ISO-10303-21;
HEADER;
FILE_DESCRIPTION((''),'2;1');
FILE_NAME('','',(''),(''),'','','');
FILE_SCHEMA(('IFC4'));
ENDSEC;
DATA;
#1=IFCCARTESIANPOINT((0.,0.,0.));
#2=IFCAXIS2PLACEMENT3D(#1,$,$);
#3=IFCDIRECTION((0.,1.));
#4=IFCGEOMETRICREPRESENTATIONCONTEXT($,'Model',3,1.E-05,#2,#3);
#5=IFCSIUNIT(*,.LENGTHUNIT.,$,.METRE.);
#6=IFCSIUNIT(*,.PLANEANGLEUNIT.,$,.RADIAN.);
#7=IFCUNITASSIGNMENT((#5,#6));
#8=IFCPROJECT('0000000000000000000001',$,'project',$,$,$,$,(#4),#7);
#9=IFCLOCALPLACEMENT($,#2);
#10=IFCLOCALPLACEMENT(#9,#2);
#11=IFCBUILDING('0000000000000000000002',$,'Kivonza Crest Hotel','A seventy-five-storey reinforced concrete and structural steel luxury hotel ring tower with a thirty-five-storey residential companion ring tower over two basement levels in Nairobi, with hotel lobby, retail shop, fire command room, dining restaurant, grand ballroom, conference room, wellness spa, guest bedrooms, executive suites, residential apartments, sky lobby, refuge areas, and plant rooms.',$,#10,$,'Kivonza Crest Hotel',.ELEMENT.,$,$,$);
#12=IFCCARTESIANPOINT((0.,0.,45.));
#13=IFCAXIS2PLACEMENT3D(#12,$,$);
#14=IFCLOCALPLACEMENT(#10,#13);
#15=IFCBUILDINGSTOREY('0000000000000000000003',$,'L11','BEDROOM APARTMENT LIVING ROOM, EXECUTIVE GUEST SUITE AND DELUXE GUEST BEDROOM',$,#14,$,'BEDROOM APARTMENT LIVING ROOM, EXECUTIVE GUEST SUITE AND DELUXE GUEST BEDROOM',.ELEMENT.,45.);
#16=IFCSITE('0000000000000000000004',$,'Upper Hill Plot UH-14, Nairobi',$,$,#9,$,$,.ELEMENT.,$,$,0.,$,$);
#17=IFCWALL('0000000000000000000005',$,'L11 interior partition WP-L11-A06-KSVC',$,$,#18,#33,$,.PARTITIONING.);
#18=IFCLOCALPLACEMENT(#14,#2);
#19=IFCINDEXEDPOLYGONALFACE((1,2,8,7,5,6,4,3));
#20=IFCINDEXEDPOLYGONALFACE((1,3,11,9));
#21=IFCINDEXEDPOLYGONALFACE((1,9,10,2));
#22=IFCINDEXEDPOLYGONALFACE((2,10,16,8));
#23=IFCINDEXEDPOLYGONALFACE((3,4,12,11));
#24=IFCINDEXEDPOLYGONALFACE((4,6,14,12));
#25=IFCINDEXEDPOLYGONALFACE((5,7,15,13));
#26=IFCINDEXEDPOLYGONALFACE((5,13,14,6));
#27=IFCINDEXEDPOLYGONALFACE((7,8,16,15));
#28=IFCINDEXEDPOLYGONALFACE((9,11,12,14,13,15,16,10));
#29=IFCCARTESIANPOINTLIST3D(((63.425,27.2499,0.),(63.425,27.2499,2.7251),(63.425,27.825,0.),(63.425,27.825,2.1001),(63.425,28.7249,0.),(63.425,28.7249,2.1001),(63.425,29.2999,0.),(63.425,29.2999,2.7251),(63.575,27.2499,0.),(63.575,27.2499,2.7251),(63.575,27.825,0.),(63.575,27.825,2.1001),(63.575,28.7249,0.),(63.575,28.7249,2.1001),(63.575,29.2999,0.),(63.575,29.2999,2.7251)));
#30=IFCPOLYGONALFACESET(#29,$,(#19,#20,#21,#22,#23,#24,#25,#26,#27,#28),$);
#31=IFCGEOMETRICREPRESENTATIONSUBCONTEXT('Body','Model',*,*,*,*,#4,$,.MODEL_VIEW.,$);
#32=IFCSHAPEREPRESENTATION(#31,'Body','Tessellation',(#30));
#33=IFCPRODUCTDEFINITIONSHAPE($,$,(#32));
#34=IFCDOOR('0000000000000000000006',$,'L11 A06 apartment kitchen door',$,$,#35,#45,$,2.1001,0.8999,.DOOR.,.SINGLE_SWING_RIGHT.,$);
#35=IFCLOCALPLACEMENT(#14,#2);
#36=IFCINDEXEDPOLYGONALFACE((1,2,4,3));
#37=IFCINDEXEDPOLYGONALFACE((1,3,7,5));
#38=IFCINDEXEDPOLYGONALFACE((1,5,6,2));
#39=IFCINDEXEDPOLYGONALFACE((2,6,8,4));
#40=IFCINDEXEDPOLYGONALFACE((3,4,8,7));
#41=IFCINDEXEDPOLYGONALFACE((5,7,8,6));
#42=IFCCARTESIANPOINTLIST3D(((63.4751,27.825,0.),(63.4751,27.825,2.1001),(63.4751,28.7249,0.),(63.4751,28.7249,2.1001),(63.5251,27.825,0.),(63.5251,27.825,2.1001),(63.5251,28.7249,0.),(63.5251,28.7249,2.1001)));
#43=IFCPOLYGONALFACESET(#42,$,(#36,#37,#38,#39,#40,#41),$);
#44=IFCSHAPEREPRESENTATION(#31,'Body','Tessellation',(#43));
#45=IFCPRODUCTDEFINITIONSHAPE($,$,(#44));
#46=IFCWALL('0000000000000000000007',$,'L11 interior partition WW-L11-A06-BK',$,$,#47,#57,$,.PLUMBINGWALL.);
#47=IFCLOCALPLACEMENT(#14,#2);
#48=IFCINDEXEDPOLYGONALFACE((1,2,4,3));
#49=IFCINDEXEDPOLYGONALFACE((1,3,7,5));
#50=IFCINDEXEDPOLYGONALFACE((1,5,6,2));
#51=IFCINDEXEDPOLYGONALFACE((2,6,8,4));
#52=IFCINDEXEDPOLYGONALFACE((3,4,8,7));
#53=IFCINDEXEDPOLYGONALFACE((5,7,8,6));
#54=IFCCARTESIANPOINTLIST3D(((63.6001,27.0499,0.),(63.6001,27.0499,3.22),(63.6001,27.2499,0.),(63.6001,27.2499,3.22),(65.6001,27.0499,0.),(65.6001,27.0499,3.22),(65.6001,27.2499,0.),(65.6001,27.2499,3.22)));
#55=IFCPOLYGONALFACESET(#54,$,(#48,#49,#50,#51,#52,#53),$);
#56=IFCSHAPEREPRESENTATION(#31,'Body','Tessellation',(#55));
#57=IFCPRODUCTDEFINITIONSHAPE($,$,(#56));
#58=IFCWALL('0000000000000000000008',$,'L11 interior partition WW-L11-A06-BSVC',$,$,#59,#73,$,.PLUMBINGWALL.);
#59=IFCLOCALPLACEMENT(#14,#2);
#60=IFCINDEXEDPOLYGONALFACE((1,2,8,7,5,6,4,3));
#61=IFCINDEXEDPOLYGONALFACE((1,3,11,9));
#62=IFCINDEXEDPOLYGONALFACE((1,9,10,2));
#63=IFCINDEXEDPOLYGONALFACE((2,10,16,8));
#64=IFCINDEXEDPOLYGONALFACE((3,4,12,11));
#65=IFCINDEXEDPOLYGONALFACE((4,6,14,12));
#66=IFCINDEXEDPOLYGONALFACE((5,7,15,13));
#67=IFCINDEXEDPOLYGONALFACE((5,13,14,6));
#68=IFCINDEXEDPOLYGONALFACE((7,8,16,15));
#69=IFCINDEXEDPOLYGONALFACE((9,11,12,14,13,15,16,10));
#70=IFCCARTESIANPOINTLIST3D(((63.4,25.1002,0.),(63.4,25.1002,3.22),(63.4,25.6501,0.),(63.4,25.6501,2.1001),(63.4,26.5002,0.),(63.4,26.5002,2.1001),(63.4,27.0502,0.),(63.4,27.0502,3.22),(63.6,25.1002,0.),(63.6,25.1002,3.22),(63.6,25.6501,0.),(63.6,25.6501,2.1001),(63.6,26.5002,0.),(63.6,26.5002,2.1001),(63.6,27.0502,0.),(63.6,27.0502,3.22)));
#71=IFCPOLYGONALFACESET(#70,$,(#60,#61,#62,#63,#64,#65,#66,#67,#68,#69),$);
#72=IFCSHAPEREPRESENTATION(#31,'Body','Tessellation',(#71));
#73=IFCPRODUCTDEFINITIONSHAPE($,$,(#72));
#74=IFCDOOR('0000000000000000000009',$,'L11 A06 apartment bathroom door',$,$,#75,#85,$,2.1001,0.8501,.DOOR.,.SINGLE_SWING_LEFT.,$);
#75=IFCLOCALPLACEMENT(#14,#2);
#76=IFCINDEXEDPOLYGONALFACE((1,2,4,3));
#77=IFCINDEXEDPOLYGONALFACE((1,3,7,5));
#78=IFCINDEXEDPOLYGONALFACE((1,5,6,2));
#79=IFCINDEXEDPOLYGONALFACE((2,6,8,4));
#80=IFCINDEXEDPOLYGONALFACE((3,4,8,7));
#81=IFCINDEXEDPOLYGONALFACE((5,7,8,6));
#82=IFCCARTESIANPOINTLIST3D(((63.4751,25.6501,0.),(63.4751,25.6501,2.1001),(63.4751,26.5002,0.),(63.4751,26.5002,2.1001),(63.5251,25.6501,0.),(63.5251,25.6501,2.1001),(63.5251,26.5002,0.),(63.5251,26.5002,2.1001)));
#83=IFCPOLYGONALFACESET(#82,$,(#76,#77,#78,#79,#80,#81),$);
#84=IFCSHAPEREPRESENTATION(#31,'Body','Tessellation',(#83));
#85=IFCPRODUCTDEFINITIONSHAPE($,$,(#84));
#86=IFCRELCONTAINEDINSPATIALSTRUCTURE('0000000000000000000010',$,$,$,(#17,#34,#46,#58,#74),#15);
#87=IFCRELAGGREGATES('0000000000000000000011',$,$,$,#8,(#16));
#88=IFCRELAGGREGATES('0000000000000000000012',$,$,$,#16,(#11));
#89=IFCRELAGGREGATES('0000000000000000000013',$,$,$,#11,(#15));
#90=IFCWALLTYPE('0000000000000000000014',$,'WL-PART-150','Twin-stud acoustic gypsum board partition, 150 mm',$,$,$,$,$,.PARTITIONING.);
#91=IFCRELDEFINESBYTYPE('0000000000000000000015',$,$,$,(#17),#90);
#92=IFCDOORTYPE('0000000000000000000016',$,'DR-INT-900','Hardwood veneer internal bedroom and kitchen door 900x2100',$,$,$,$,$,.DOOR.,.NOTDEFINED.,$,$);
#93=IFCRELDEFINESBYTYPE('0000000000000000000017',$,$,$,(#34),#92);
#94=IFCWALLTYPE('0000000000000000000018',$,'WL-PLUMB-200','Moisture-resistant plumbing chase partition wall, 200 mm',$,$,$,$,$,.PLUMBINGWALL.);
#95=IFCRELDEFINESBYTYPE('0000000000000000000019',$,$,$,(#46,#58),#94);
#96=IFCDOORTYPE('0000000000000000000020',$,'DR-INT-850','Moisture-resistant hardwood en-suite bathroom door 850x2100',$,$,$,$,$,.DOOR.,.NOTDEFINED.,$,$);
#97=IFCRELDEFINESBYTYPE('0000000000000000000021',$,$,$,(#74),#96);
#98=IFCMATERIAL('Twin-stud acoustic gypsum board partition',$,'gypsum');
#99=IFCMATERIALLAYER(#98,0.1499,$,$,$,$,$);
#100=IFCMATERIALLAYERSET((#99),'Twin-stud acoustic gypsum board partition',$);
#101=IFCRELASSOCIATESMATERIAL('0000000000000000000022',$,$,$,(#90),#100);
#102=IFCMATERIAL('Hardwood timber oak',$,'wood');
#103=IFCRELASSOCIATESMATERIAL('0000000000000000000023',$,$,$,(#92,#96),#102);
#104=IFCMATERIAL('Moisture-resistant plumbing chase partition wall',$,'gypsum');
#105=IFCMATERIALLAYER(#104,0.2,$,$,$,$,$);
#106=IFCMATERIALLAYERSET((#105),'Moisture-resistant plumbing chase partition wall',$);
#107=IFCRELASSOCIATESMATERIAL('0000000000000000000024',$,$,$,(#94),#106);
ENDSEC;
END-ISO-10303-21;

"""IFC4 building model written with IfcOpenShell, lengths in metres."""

from ifc_helpers import new_model, si_unit, direction, frame, frame_2d, origin, place, context, subcontext, project, spatial, rectangle, extrude, material, layer, layer_set, type_object, element, fill, save


model = new_model("IFC4")

# Units and contexts
model_context = context("Model", 3, precision=1e-05, world=origin(), true_north=direction((0.0, 1.0)))
body_context = subcontext(model_context, "Body", "Model", "MODEL_VIEW")
ifc_project = project(units=[si_unit("LENGTHUNIT", "METRE"), si_unit("PLANEANGLEUNIT", "RADIAN")], contexts=[model_context])

# Site, building, storey
site_placement = place(None, origin())
site = spatial("IfcSite", under=ifc_project, at=site_placement, Name="Upper Hill Plot UH-14, Nairobi", CompositionType="ELEMENT", RefElevation=0.0)
building_placement = place(site_placement, origin())
building = spatial("IfcBuilding", under=site, at=building_placement, Name="Kivonza Crest Hotel", Description="A seventy-five-storey reinforced concrete and structural steel luxury hotel ring tower with a thirty-five-storey residential companion ring tower over two basement levels in Nairobi, with hotel lobby, retail shop, fire command room, dining restaurant, grand ballroom, conference room, wellness spa, guest bedrooms, executive suites, residential apartments, sky lobby, refuge areas, and plant rooms.", LongName="Kivonza Crest Hotel", CompositionType="ELEMENT")
storey_placement = place(building_placement, frame((0.0, 0.0, 45.0)))
storey = spatial("IfcBuildingStorey", under=building, at=storey_placement, Name="L11", Description="BEDROOM APARTMENT LIVING ROOM, EXECUTIVE GUEST SUITE AND DELUXE GUEST BEDROOM", LongName="BEDROOM APARTMENT LIVING ROOM, EXECUTIVE GUEST SUITE AND DELUXE GUEST BEDROOM", CompositionType="ELEMENT", Elevation=45.0)

# Wall, opening, door
ifc_material_1 = material(Name="Twin-stud acoustic gypsum board partition", Category="gypsum")
ifc_layer_1 = layer(ifc_material_1, 0.1499)
ifc_layer_set_1 = layer_set([ifc_layer_1], Name="Twin-stud acoustic gypsum board partition")
wall_type_1 = type_object("IfcWallType", Name="WL-PART-150", Description="Twin-stud acoustic gypsum board partition, 150 mm", PredefinedType="PARTITIONING", material=ifc_layer_set_1)
ifc_material_2 = material(Name="Hardwood timber oak", Category="wood")
door_type_1 = type_object("IfcDoorType", Name="DR-INT-900", Description="Hardwood veneer internal bedroom and kitchen door 900x2100", OperationType="NOTDEFINED", PredefinedType="DOOR", material=ifc_material_2)
wall_1_placement = place(storey_placement, frame((63.5, 27.25, 0.0), z_axis=(0.0, 0.0, 1.0), x_axis=(0.0, 1.0, 0.0)))
wall_1 = element("IfcWall", 1, at=wall_1_placement, inside=storey, type_object=wall_type_1, Name="L11 interior partition WP-L11-A06-KSVC", PredefinedType="PARTITIONING", context=body_context, shape_type="SweptSolid", body=[
    extrude(rectangle(XDim=2.05, YDim=0.1499, at=frame_2d((1.0249, 0.0))), origin(), (0.0, 0.0, 1.0), 2.7251),
])
opening_1_placement = place(wall_1_placement, frame((0.575, 0.0, 0.0)))
opening_1 = element("IfcOpeningElement", 2, at=opening_1_placement, cuts=wall_1, PredefinedType="OPENING", context=body_context, shape_type="SweptSolid", body=[
    extrude(rectangle(XDim=0.8999, YDim=2.1001, at=frame_2d((0.45, 1.05))), frame((0.0, 0.085, 0.0), z_axis=(0.0, -1.0, 0.0), x_axis=(1.0, 0.0, 0.0)), (0.0, 0.0, 1.0), 0.1699),
])
door_1_placement = place(opening_1_placement, origin())
door_1 = element("IfcDoor", 3, at=door_1_placement, inside=storey, type_object=door_type_1, Name="L11 A06 apartment kitchen door", OperationType="SINGLE_SWING_RIGHT", OverallHeight=2.1001, OverallWidth=0.8999, PredefinedType="DOOR", context=body_context, shape_type="SweptSolid", body=[
    extrude(rectangle(XDim=0.8999, YDim=2.1001, at=frame_2d((0.45, 1.05))), frame((0.0, 0.0249, 0.0), z_axis=(0.0, -1.0, 0.0), x_axis=(1.0, 0.0, 0.0)), (0.0, 0.0, 1.0), 0.05),
])
fill(opening_1, door_1)

# Wall
ifc_material_3 = material(Name="Moisture-resistant plumbing chase partition wall", Category="gypsum")
ifc_layer_2 = layer(ifc_material_3, 0.2)
ifc_layer_set_2 = layer_set([ifc_layer_2], Name="Moisture-resistant plumbing chase partition wall")
wall_type_2 = type_object("IfcWallType", Name="WL-PLUMB-200", Description="Moisture-resistant plumbing chase partition wall, 200 mm", PredefinedType="PLUMBINGWALL", material=ifc_layer_set_2)
wall_2_placement = place(storey_placement, frame((63.6001, 27.1499, 0.0), z_axis=(0.0, 0.0, 1.0), x_axis=(1.0, 0.0, 0.0)))
element("IfcWall", 4, at=wall_2_placement, inside=storey, type_object=wall_type_2, Name="L11 interior partition WW-L11-A06-BK", PredefinedType="PLUMBINGWALL", context=body_context, shape_type="SweptSolid", body=[
    extrude(rectangle(XDim=2.0, YDim=0.2, at=frame_2d((1.0, 0.0))), origin(), (0.0, 0.0, 1.0), 3.22),
])

# Wall, opening, door
wall_3_placement = place(storey_placement, frame((63.5, 25.1001, 0.0), z_axis=(0.0, 0.0, 1.0), x_axis=(0.0, 1.0, 0.0)))
wall_3 = element("IfcWall", 5, at=wall_3_placement, inside=storey, type_object=wall_type_2, Name="L11 interior partition WW-L11-A06-BSVC", PredefinedType="PLUMBINGWALL", context=body_context, shape_type="SweptSolid", body=[
    extrude(rectangle(XDim=1.95, YDim=0.2, at=frame_2d((0.9751, 0.0))), origin(), (0.0, 0.0, 1.0), 3.22),
])
opening_2_placement = place(wall_3_placement, frame((0.55, 0.0, 0.0)))
opening_2 = element("IfcOpeningElement", 6, at=opening_2_placement, cuts=wall_3, PredefinedType="OPENING", context=body_context, shape_type="SweptSolid", body=[
    extrude(rectangle(XDim=0.8501, YDim=2.1001, at=frame_2d((0.425, 1.05))), frame((0.0, 0.1099, 0.0), z_axis=(0.0, -1.0, 0.0), x_axis=(1.0, 0.0, 0.0)), (0.0, 0.0, 1.0), 0.22),
])
door_type_2 = type_object("IfcDoorType", Name="DR-INT-850", Description="Moisture-resistant hardwood en-suite bathroom door 850x2100", OperationType="NOTDEFINED", PredefinedType="DOOR", material=ifc_material_2)
door_2_placement = place(opening_2_placement, origin())
door_2 = element("IfcDoor", 7, at=door_2_placement, inside=storey, type_object=door_type_2, Name="L11 A06 apartment bathroom door", OperationType="SINGLE_SWING_LEFT", OverallHeight=2.1001, OverallWidth=0.8501, PredefinedType="DOOR", context=body_context, shape_type="SweptSolid", body=[
    extrude(rectangle(XDim=0.8501, YDim=2.1001, at=frame_2d((0.425, 1.05))), frame((0.0, 0.0249, 0.0), z_axis=(0.0, -1.0, 0.0), x_axis=(1.0, 0.0, 0.0)), (0.0, 0.0, 1.0), 0.05),
])
fill(opening_2, door_2)

save(model, "model.ifc")
